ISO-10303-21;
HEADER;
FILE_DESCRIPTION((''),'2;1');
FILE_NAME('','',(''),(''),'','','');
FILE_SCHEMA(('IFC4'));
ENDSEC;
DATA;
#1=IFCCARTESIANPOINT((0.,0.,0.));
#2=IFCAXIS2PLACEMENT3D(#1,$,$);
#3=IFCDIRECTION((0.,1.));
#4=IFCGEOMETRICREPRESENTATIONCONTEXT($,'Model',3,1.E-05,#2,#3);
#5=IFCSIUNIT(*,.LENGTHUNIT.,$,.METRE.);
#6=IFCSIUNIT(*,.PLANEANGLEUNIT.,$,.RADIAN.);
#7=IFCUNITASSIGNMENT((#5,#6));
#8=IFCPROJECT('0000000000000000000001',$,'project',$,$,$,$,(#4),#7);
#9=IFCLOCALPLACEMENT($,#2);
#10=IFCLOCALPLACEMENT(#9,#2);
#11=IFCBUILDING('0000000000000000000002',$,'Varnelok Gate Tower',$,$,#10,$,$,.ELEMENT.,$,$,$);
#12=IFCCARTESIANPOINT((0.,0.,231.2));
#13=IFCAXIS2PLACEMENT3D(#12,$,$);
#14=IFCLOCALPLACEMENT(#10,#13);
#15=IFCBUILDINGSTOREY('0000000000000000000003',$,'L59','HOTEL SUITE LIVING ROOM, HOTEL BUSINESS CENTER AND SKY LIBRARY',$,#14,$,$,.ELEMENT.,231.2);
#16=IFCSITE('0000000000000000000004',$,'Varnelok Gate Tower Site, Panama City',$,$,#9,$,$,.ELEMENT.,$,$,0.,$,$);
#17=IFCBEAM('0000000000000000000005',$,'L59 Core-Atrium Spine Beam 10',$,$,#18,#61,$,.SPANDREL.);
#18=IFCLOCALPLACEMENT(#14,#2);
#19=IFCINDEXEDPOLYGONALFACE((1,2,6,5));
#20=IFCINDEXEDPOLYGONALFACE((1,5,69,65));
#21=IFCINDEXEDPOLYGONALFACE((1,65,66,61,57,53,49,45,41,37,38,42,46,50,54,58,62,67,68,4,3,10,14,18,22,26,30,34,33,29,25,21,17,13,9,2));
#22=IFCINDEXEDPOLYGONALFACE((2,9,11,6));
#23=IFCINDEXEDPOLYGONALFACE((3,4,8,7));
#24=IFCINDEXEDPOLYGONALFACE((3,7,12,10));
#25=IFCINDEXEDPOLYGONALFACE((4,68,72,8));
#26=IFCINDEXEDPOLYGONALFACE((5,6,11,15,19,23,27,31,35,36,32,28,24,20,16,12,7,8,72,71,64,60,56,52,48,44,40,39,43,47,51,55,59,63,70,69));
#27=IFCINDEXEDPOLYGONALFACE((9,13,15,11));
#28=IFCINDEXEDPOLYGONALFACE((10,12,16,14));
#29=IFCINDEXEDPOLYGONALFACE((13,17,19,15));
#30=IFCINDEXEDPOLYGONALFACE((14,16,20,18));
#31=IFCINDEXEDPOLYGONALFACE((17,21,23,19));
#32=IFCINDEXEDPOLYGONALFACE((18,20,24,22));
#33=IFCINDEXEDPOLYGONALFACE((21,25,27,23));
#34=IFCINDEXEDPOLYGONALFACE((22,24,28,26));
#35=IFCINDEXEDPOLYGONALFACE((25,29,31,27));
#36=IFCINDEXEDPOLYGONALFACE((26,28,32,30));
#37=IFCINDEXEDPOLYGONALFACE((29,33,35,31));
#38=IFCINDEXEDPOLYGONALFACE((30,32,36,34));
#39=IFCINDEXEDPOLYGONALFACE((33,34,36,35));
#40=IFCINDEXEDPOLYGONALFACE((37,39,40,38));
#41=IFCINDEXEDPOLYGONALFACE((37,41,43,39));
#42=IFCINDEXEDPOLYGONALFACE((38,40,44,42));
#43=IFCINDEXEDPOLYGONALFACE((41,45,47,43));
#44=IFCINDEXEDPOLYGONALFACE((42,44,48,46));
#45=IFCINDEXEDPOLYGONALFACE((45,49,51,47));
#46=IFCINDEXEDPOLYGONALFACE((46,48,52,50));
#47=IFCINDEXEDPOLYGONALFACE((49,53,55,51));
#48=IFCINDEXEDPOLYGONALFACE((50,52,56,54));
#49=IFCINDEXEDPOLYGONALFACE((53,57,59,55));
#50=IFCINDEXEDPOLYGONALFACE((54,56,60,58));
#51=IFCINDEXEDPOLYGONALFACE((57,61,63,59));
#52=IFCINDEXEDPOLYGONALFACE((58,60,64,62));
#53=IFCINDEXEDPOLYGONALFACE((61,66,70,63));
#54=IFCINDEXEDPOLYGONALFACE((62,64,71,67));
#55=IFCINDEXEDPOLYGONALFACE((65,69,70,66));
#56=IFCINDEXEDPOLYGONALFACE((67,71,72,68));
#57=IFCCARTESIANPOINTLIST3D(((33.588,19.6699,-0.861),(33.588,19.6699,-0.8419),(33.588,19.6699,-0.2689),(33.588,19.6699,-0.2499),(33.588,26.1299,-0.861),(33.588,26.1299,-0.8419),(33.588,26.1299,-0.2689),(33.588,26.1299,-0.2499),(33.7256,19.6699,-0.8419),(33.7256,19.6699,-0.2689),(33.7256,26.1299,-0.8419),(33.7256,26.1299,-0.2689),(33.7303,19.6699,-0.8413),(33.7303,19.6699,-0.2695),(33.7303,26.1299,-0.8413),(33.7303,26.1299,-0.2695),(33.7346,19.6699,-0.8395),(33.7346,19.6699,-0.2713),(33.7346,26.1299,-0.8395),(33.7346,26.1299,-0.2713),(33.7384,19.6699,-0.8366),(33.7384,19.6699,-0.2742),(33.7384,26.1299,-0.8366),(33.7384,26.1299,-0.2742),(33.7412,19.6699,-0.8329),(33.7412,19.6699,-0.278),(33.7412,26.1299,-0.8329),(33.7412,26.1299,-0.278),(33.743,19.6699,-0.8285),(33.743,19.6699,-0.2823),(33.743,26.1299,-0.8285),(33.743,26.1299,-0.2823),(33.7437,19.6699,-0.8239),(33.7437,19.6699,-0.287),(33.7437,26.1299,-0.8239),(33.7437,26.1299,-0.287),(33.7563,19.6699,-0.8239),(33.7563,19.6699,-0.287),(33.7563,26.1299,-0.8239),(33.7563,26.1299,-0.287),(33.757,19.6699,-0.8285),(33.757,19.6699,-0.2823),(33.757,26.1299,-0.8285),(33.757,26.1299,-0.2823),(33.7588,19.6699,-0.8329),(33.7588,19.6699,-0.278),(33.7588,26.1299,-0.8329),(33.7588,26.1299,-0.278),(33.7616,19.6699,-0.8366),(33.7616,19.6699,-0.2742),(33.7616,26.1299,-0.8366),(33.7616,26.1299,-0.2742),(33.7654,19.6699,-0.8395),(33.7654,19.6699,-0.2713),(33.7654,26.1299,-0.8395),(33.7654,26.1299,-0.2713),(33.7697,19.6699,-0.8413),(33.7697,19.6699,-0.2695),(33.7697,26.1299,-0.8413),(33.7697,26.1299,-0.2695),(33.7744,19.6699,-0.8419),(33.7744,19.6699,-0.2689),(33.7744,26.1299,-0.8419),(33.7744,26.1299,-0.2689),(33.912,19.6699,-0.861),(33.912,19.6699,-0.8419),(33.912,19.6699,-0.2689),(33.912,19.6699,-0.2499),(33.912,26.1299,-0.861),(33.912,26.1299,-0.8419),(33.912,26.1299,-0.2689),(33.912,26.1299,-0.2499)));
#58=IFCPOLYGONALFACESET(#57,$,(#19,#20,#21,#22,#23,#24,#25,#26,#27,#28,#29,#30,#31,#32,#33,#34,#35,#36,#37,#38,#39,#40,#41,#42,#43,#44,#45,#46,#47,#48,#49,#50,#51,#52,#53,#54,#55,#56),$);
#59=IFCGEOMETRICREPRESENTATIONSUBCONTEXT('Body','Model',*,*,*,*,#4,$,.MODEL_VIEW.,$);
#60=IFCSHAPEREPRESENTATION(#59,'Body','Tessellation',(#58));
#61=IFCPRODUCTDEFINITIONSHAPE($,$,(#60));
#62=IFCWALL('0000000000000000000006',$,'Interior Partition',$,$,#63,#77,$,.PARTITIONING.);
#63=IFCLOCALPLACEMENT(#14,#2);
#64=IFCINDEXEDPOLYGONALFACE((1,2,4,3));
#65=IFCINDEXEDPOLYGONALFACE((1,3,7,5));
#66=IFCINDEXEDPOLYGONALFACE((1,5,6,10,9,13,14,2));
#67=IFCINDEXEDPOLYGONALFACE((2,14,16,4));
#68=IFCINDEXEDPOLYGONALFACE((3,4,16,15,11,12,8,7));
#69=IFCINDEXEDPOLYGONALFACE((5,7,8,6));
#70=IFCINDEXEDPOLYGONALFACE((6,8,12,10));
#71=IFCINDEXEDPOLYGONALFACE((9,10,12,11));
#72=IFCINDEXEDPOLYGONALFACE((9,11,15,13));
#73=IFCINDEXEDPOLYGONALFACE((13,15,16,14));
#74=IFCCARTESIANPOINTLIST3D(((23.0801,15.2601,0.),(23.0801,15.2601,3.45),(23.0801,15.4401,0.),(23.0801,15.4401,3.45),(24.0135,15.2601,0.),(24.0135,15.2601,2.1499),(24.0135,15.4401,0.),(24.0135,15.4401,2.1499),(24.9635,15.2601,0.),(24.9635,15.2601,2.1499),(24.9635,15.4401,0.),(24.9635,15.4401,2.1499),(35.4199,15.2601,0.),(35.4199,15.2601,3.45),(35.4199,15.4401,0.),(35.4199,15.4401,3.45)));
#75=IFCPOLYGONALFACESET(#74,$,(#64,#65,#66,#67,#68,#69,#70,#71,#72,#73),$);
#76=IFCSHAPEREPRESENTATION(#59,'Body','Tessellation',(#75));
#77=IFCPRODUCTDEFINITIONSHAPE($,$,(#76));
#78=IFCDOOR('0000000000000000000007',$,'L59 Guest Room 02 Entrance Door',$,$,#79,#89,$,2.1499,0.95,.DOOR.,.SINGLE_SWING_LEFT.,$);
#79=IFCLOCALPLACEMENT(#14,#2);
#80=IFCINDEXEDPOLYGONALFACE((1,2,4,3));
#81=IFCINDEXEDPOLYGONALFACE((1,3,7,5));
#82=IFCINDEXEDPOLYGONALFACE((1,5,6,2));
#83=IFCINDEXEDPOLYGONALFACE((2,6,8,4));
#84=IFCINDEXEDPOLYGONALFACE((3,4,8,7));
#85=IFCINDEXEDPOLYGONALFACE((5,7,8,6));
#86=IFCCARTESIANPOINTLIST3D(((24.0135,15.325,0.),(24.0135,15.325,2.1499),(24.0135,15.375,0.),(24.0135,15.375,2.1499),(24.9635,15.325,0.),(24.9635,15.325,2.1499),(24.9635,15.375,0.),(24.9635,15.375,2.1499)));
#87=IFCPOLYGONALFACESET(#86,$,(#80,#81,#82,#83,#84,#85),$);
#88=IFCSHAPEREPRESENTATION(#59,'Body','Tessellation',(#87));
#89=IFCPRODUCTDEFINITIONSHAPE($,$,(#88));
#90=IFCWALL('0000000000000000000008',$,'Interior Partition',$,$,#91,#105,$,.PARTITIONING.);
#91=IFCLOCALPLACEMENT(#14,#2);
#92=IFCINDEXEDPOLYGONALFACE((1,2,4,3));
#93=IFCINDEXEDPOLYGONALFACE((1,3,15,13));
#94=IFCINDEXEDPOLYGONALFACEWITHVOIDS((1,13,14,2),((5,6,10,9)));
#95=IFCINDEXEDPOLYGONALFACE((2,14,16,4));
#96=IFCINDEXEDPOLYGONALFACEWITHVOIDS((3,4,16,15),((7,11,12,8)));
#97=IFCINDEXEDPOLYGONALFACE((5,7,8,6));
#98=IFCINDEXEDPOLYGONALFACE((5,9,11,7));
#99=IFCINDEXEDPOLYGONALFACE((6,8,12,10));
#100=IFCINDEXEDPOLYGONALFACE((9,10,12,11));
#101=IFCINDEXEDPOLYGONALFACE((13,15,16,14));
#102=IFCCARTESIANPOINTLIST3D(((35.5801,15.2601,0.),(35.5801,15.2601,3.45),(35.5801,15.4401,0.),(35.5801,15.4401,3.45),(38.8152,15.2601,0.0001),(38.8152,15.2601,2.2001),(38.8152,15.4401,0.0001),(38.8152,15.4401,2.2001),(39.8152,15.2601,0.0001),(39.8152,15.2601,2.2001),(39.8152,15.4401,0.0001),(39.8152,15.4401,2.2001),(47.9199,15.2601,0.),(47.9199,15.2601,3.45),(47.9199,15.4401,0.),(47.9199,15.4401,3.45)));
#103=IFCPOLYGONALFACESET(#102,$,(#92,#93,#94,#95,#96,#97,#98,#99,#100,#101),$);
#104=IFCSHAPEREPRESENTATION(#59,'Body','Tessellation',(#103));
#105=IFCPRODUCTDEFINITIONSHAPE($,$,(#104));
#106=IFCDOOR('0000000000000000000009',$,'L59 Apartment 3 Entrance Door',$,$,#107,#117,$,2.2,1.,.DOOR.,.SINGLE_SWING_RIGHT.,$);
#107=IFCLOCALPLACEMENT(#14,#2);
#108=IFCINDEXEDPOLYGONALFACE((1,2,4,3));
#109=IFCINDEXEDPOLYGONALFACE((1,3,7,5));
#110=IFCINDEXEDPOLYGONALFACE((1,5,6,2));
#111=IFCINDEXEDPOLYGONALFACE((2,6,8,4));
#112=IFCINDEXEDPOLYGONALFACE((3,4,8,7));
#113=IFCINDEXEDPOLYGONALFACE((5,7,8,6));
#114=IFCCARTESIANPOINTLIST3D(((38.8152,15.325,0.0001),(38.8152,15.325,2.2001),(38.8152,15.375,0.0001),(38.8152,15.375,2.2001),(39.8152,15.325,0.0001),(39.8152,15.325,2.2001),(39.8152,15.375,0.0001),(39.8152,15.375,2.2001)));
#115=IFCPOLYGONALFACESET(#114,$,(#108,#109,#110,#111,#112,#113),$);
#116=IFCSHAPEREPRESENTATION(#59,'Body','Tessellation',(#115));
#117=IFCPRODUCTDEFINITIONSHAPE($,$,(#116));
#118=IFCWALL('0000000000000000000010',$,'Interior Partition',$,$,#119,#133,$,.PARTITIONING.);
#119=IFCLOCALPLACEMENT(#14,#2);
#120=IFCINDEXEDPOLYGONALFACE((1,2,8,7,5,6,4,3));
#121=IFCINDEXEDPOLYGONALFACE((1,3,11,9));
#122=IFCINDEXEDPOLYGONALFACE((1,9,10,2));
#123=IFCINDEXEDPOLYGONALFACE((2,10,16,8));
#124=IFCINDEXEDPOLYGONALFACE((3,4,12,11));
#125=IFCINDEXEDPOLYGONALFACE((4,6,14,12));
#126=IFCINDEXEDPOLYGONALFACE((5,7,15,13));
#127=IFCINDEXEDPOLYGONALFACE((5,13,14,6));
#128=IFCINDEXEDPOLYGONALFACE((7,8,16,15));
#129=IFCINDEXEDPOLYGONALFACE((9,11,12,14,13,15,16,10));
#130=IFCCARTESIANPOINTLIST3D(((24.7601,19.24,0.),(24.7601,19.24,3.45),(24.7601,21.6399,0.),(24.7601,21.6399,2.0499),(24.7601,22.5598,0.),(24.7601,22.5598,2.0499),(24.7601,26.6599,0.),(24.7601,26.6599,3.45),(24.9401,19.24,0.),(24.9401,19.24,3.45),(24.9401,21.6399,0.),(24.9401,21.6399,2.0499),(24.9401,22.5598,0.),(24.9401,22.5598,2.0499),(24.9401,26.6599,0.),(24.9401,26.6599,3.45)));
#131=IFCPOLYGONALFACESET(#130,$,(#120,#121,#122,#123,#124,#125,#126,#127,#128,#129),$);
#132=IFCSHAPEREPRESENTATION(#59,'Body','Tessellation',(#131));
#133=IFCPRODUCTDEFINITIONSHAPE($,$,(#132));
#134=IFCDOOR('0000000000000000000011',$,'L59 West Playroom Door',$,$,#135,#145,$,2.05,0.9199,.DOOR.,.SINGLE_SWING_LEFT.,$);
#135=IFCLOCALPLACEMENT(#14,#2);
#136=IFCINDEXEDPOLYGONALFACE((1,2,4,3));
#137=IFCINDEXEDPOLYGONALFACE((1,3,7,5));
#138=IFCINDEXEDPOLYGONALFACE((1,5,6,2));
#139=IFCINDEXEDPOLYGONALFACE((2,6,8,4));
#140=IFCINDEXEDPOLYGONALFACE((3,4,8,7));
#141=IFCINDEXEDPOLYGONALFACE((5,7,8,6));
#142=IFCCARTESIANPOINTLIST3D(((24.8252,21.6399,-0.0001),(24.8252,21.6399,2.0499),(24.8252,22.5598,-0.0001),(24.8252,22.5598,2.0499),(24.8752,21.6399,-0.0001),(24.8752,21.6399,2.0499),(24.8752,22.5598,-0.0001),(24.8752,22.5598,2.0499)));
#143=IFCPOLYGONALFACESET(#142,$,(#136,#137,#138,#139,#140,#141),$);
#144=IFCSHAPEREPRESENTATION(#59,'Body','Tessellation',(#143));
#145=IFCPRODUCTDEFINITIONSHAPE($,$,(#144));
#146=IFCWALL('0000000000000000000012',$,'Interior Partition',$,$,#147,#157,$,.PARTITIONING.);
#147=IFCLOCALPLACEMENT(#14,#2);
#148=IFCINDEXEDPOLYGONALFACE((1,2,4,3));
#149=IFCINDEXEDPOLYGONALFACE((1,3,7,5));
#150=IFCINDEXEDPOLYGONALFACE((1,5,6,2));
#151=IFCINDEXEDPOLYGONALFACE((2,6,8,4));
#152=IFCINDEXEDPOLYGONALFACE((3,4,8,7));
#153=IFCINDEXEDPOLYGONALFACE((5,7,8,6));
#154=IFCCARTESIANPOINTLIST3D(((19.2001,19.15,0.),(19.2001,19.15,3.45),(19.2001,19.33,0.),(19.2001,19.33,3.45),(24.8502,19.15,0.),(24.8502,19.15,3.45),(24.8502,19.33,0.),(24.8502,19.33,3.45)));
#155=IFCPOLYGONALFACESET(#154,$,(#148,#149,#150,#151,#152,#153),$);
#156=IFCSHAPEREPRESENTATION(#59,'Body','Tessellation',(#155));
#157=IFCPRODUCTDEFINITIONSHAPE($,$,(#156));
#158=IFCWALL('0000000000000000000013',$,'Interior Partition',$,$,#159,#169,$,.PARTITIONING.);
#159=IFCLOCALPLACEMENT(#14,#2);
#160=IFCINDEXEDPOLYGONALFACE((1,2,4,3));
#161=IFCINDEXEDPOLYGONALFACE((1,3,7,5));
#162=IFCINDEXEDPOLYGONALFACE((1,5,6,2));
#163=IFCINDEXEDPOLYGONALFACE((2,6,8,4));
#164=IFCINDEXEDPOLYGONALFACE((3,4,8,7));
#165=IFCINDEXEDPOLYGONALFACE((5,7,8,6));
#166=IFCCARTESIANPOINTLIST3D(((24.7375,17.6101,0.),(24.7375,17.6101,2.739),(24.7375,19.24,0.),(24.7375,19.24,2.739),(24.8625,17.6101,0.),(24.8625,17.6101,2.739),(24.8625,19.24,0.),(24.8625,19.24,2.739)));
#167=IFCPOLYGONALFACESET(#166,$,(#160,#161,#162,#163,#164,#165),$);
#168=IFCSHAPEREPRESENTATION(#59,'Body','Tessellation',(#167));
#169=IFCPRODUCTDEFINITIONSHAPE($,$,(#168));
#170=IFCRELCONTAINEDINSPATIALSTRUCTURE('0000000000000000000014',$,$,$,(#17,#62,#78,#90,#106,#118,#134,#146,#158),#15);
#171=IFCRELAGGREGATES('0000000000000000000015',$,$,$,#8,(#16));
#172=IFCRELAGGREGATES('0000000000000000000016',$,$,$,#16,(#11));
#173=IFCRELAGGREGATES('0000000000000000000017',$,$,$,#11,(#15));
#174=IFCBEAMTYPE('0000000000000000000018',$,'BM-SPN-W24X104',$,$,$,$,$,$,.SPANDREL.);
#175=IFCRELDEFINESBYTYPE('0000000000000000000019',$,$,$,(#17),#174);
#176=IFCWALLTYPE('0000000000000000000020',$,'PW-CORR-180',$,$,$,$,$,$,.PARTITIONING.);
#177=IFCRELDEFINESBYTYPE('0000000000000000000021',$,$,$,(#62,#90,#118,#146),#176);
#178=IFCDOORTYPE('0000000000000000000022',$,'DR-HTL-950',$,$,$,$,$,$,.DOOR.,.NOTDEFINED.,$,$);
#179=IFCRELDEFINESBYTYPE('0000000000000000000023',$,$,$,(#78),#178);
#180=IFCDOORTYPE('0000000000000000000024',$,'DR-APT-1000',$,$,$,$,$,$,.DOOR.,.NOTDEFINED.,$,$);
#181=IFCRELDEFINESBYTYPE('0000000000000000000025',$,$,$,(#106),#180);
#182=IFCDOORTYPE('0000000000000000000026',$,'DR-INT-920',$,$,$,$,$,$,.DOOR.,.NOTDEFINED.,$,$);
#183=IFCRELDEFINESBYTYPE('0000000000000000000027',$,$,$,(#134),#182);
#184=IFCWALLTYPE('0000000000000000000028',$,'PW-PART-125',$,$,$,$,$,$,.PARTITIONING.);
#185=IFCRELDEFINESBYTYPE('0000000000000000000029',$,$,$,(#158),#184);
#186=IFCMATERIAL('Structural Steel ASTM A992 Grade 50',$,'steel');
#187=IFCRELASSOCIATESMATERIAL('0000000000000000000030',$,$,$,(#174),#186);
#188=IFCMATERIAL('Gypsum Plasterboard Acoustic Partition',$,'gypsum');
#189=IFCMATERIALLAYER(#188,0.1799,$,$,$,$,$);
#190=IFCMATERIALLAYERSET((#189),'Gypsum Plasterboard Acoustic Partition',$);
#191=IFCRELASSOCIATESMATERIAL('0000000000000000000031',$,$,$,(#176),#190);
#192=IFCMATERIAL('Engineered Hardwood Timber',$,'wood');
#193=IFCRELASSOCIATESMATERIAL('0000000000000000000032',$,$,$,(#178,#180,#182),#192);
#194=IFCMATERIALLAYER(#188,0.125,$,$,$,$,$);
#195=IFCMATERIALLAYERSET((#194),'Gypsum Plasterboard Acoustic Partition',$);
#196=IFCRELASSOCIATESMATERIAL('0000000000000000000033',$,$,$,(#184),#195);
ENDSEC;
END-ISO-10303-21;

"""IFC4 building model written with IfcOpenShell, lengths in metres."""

from ifc_helpers import new_model, si_unit, direction, frame, frame_2d, origin, origin_2d, place, context, subcontext, project, spatial, rectangle, i_section, extrude, material, layer, layer_set, material_profile, profile_set, type_object, element, fill, save


model = new_model("IFC4")

# Units and contexts
model_context = context("Model", 3, precision=1e-05, world=origin(), true_north=direction((0.0, 1.0)))
body_context = subcontext(model_context, "Body", "Model", "MODEL_VIEW")
ifc_project = project(units=[si_unit("LENGTHUNIT", "METRE"), si_unit("PLANEANGLEUNIT", "RADIAN")], contexts=[model_context])

# Site, building, storey
site_placement = place(None, origin())
site = spatial("IfcSite", under=ifc_project, at=site_placement, Name="Varnelok Gate Tower Site, Panama City", CompositionType="ELEMENT", RefElevation=0.0)
building_placement = place(site_placement, origin())
building = spatial("IfcBuilding", under=site, at=building_placement, Name="Varnelok Gate Tower", CompositionType="ELEMENT")
storey_placement = place(building_placement, frame((0.0, 0.0, 231.2)))
storey = spatial("IfcBuildingStorey", under=building, at=storey_placement, Name="L59", Description="HOTEL SUITE LIVING ROOM, HOTEL BUSINESS CENTER AND SKY LIBRARY", CompositionType="ELEMENT", Elevation=231.2)

# Shared definitions
ifc_material_1 = material(Name="Structural Steel ASTM A992 Grade 50", Category="steel")

# Beam
ifc_material_profile_1 = material_profile(ifc_material_1, i_section(OverallWidth=0.324, OverallDepth=0.6111, WebThickness=0.0127, FlangeThickness=0.019, FilletRadius=0.0181, at=origin_2d()), Name="W24X104")
ifc_profile_set_1 = profile_set([ifc_material_profile_1], Name="Structural Steel ASTM A992 Grade 50")
beam_type_1 = type_object("IfcBeamType", Name="BM-SPN-W24X104", PredefinedType="SPANDREL", material=ifc_profile_set_1)
beam_1_placement = place(storey_placement, frame((33.75, 19.6699, -0.5554), z_axis=(0.0, 1.0, 0.0), x_axis=(-1.0, 0.0, 0.0)))
element("IfcBeam", 1, at=beam_1_placement, inside=storey, type_object=beam_type_1, Name="L59 Core-Atrium Spine Beam 10", PredefinedType="SPANDREL", context=body_context, shape_type="SweptSolid", body=[
    extrude(i_section(OverallWidth=0.324, OverallDepth=0.6111, WebThickness=0.0127, FlangeThickness=0.019, FilletRadius=0.0181, at=origin_2d()), origin(), (0.0, 0.0, 1.0), 6.46),
])

# Walls, openings, doors
ifc_material_2 = material(Name="Gypsum Plasterboard Acoustic Partition", Category="gypsum")
ifc_layer_1 = layer(ifc_material_2, 0.1799)
ifc_layer_set_1 = layer_set([ifc_layer_1], Name="Gypsum Plasterboard Acoustic Partition")
wall_type_1 = type_object("IfcWallType", Name="PW-CORR-180", PredefinedType="PARTITIONING", material=ifc_layer_set_1)
wall_1_placement = place(storey_placement, frame((23.0801, 15.3501, 0.0), z_axis=(0.0, 0.0, 1.0), x_axis=(1.0, 0.0, 0.0)))
wall_1 = element("IfcWall", 2, at=wall_1_placement, inside=storey, type_object=wall_type_1, Name="Interior Partition", PredefinedType="PARTITIONING", context=body_context, shape_type="SweptSolid", body=[
    extrude(rectangle(XDim=12.3398, YDim=0.1799, at=frame_2d((6.1699, 0.0))), origin(), (0.0, 0.0, 1.0), 3.45),
])
opening_1_placement = place(wall_1_placement, frame((0.9333, 0.0, 0.0)))
opening_1 = element("IfcOpeningElement", 3, at=opening_1_placement, cuts=wall_1, PredefinedType="OPENING", context=body_context, shape_type="SweptSolid", body=[
    extrude(rectangle(XDim=0.95, YDim=2.1499, at=frame_2d((0.4751, 1.075))), frame((0.0, 0.0999, 0.0), z_axis=(0.0, -1.0, 0.0), x_axis=(1.0, 0.0, 0.0)), (0.0, 0.0, 1.0), 0.2),
])
ifc_material_3 = material(Name="Engineered Hardwood Timber", Category="wood")
door_type_1 = type_object("IfcDoorType", Name="DR-HTL-950", OperationType="NOTDEFINED", PredefinedType="DOOR", material=ifc_material_3)
door_1_placement = place(opening_1_placement, origin())
door_1 = element("IfcDoor", 4, at=door_1_placement, inside=storey, type_object=door_type_1, Name="L59 Guest Room 02 Entrance Door", OperationType="SINGLE_SWING_LEFT", OverallHeight=2.1499, OverallWidth=0.95, PredefinedType="DOOR", context=body_context, shape_type="SweptSolid", body=[
    extrude(rectangle(XDim=0.95, YDim=2.1499, at=frame_2d((0.4751, 1.075))), frame((0.0, 0.0249, 0.0), z_axis=(0.0, -1.0, 0.0), x_axis=(1.0, 0.0, 0.0)), (0.0, 0.0, 1.0), 0.05),
])
fill(opening_1, door_1)
wall_2_placement = place(storey_placement, frame((35.5801, 15.3501, 0.0), z_axis=(0.0, 0.0, 1.0), x_axis=(1.0, 0.0, 0.0)))
wall_2 = element("IfcWall", 5, at=wall_2_placement, inside=storey, type_object=wall_type_1, Name="Interior Partition", PredefinedType="PARTITIONING", context=body_context, shape_type="SweptSolid", body=[
    extrude(rectangle(XDim=12.3398, YDim=0.1799, at=frame_2d((6.1699, 0.0))), origin(), (0.0, 0.0, 1.0), 3.45),
])
opening_2_placement = place(wall_2_placement, frame((3.2351, 0.0, 0.0)))
opening_2 = element("IfcOpeningElement", 6, at=opening_2_placement, cuts=wall_2, PredefinedType="OPENING", context=body_context, shape_type="SweptSolid", body=[
    extrude(rectangle(XDim=1.0, YDim=2.2, at=frame_2d((0.5, 1.1001))), frame((0.0, 0.0999, 0.0), z_axis=(0.0, -1.0, 0.0), x_axis=(1.0, 0.0, 0.0)), (0.0, 0.0, 1.0), 0.2),
])
door_type_2 = type_object("IfcDoorType", Name="DR-APT-1000", OperationType="NOTDEFINED", PredefinedType="DOOR", material=ifc_material_3)
door_2_placement = place(opening_2_placement, origin())
door_2 = element("IfcDoor", 7, at=door_2_placement, inside=storey, type_object=door_type_2, Name="L59 Apartment 3 Entrance Door", OperationType="SINGLE_SWING_RIGHT", OverallHeight=2.2, OverallWidth=1.0, PredefinedType="DOOR", context=body_context, shape_type="SweptSolid", body=[
    extrude(rectangle(XDim=1.0, YDim=2.2, at=frame_2d((0.5, 1.1001))), frame((0.0, 0.0249, 0.0), z_axis=(0.0, -1.0, 0.0), x_axis=(1.0, 0.0, 0.0)), (0.0, 0.0, 1.0), 0.05),
])
fill(opening_2, door_2)
wall_3_placement = place(storey_placement, frame((24.8501, 19.24, 0.0), z_axis=(0.0, 0.0, 1.0), x_axis=(0.0, 1.0, 0.0)))
wall_3 = element("IfcWall", 8, at=wall_3_placement, inside=storey, type_object=wall_type_1, Name="Interior Partition", PredefinedType="PARTITIONING", context=body_context, shape_type="SweptSolid", body=[
    extrude(rectangle(XDim=7.4199, YDim=0.1799, at=frame_2d((3.71, 0.0))), origin(), (0.0, 0.0, 1.0), 3.45),
])
opening_3_placement = place(wall_3_placement, frame((2.3999, 0.0, 0.0)))
opening_3 = element("IfcOpeningElement", 9, at=opening_3_placement, cuts=wall_3, PredefinedType="OPENING", context=body_context, shape_type="SweptSolid", body=[
    extrude(rectangle(XDim=0.9199, YDim=2.05, at=frame_2d((0.46, 1.0249))), frame((0.0, 0.0999, 0.0), z_axis=(0.0, -1.0, 0.0), x_axis=(1.0, 0.0, 0.0)), (0.0, 0.0, 1.0), 0.2),
])
door_type_3 = type_object("IfcDoorType", Name="DR-INT-920", OperationType="NOTDEFINED", PredefinedType="DOOR", material=ifc_material_3)
door_3_placement = place(opening_3_placement, origin())
door_3 = element("IfcDoor", 10, at=door_3_placement, inside=storey, type_object=door_type_3, Name="L59 West Playroom Door", OperationType="SINGLE_SWING_LEFT", OverallHeight=2.05, OverallWidth=0.9199, PredefinedType="DOOR", context=body_context, shape_type="SweptSolid", body=[
    extrude(rectangle(XDim=0.9199, YDim=2.05, at=frame_2d((0.46, 1.0249))), frame((0.0, 0.0249, 0.0), z_axis=(0.0, -1.0, 0.0), x_axis=(1.0, 0.0, 0.0)), (0.0, 0.0, 1.0), 0.05),
])
fill(opening_3, door_3)

# Walls
wall_4_placement = place(storey_placement, frame((19.2, 19.24, 0.0), z_axis=(0.0, 0.0, 1.0), x_axis=(1.0, 0.0, 0.0)))
element("IfcWall", 11, at=wall_4_placement, inside=storey, type_object=wall_type_1, Name="Interior Partition", PredefinedType="PARTITIONING", context=body_context, shape_type="SweptSolid", body=[
    extrude(rectangle(XDim=5.6501, YDim=0.1799, at=frame_2d((2.8252, 0.0))), origin(), (0.0, 0.0, 1.0), 3.45),
])
ifc_layer_2 = layer(ifc_material_2, 0.125)
ifc_layer_set_2 = layer_set([ifc_layer_2], Name="Gypsum Plasterboard Acoustic Partition")
wall_type_2 = type_object("IfcWallType", Name="PW-PART-125", PredefinedType="PARTITIONING", material=ifc_layer_set_2)
wall_5_placement = place(storey_placement, frame((24.8, 17.6101, 0.0), z_axis=(0.0, 0.0, 1.0), x_axis=(0.0, 1.0, 0.0)))
element("IfcWall", 12, at=wall_5_placement, inside=storey, type_object=wall_type_2, Name="Interior Partition", PredefinedType="PARTITIONING", context=body_context, shape_type="SweptSolid", body=[
    extrude(rectangle(XDim=1.6299, YDim=0.125, at=frame_2d((0.8149, 0.0))), origin(), (0.0, 0.0, 1.0), 2.739),
])

save(model, "model.ifc")
